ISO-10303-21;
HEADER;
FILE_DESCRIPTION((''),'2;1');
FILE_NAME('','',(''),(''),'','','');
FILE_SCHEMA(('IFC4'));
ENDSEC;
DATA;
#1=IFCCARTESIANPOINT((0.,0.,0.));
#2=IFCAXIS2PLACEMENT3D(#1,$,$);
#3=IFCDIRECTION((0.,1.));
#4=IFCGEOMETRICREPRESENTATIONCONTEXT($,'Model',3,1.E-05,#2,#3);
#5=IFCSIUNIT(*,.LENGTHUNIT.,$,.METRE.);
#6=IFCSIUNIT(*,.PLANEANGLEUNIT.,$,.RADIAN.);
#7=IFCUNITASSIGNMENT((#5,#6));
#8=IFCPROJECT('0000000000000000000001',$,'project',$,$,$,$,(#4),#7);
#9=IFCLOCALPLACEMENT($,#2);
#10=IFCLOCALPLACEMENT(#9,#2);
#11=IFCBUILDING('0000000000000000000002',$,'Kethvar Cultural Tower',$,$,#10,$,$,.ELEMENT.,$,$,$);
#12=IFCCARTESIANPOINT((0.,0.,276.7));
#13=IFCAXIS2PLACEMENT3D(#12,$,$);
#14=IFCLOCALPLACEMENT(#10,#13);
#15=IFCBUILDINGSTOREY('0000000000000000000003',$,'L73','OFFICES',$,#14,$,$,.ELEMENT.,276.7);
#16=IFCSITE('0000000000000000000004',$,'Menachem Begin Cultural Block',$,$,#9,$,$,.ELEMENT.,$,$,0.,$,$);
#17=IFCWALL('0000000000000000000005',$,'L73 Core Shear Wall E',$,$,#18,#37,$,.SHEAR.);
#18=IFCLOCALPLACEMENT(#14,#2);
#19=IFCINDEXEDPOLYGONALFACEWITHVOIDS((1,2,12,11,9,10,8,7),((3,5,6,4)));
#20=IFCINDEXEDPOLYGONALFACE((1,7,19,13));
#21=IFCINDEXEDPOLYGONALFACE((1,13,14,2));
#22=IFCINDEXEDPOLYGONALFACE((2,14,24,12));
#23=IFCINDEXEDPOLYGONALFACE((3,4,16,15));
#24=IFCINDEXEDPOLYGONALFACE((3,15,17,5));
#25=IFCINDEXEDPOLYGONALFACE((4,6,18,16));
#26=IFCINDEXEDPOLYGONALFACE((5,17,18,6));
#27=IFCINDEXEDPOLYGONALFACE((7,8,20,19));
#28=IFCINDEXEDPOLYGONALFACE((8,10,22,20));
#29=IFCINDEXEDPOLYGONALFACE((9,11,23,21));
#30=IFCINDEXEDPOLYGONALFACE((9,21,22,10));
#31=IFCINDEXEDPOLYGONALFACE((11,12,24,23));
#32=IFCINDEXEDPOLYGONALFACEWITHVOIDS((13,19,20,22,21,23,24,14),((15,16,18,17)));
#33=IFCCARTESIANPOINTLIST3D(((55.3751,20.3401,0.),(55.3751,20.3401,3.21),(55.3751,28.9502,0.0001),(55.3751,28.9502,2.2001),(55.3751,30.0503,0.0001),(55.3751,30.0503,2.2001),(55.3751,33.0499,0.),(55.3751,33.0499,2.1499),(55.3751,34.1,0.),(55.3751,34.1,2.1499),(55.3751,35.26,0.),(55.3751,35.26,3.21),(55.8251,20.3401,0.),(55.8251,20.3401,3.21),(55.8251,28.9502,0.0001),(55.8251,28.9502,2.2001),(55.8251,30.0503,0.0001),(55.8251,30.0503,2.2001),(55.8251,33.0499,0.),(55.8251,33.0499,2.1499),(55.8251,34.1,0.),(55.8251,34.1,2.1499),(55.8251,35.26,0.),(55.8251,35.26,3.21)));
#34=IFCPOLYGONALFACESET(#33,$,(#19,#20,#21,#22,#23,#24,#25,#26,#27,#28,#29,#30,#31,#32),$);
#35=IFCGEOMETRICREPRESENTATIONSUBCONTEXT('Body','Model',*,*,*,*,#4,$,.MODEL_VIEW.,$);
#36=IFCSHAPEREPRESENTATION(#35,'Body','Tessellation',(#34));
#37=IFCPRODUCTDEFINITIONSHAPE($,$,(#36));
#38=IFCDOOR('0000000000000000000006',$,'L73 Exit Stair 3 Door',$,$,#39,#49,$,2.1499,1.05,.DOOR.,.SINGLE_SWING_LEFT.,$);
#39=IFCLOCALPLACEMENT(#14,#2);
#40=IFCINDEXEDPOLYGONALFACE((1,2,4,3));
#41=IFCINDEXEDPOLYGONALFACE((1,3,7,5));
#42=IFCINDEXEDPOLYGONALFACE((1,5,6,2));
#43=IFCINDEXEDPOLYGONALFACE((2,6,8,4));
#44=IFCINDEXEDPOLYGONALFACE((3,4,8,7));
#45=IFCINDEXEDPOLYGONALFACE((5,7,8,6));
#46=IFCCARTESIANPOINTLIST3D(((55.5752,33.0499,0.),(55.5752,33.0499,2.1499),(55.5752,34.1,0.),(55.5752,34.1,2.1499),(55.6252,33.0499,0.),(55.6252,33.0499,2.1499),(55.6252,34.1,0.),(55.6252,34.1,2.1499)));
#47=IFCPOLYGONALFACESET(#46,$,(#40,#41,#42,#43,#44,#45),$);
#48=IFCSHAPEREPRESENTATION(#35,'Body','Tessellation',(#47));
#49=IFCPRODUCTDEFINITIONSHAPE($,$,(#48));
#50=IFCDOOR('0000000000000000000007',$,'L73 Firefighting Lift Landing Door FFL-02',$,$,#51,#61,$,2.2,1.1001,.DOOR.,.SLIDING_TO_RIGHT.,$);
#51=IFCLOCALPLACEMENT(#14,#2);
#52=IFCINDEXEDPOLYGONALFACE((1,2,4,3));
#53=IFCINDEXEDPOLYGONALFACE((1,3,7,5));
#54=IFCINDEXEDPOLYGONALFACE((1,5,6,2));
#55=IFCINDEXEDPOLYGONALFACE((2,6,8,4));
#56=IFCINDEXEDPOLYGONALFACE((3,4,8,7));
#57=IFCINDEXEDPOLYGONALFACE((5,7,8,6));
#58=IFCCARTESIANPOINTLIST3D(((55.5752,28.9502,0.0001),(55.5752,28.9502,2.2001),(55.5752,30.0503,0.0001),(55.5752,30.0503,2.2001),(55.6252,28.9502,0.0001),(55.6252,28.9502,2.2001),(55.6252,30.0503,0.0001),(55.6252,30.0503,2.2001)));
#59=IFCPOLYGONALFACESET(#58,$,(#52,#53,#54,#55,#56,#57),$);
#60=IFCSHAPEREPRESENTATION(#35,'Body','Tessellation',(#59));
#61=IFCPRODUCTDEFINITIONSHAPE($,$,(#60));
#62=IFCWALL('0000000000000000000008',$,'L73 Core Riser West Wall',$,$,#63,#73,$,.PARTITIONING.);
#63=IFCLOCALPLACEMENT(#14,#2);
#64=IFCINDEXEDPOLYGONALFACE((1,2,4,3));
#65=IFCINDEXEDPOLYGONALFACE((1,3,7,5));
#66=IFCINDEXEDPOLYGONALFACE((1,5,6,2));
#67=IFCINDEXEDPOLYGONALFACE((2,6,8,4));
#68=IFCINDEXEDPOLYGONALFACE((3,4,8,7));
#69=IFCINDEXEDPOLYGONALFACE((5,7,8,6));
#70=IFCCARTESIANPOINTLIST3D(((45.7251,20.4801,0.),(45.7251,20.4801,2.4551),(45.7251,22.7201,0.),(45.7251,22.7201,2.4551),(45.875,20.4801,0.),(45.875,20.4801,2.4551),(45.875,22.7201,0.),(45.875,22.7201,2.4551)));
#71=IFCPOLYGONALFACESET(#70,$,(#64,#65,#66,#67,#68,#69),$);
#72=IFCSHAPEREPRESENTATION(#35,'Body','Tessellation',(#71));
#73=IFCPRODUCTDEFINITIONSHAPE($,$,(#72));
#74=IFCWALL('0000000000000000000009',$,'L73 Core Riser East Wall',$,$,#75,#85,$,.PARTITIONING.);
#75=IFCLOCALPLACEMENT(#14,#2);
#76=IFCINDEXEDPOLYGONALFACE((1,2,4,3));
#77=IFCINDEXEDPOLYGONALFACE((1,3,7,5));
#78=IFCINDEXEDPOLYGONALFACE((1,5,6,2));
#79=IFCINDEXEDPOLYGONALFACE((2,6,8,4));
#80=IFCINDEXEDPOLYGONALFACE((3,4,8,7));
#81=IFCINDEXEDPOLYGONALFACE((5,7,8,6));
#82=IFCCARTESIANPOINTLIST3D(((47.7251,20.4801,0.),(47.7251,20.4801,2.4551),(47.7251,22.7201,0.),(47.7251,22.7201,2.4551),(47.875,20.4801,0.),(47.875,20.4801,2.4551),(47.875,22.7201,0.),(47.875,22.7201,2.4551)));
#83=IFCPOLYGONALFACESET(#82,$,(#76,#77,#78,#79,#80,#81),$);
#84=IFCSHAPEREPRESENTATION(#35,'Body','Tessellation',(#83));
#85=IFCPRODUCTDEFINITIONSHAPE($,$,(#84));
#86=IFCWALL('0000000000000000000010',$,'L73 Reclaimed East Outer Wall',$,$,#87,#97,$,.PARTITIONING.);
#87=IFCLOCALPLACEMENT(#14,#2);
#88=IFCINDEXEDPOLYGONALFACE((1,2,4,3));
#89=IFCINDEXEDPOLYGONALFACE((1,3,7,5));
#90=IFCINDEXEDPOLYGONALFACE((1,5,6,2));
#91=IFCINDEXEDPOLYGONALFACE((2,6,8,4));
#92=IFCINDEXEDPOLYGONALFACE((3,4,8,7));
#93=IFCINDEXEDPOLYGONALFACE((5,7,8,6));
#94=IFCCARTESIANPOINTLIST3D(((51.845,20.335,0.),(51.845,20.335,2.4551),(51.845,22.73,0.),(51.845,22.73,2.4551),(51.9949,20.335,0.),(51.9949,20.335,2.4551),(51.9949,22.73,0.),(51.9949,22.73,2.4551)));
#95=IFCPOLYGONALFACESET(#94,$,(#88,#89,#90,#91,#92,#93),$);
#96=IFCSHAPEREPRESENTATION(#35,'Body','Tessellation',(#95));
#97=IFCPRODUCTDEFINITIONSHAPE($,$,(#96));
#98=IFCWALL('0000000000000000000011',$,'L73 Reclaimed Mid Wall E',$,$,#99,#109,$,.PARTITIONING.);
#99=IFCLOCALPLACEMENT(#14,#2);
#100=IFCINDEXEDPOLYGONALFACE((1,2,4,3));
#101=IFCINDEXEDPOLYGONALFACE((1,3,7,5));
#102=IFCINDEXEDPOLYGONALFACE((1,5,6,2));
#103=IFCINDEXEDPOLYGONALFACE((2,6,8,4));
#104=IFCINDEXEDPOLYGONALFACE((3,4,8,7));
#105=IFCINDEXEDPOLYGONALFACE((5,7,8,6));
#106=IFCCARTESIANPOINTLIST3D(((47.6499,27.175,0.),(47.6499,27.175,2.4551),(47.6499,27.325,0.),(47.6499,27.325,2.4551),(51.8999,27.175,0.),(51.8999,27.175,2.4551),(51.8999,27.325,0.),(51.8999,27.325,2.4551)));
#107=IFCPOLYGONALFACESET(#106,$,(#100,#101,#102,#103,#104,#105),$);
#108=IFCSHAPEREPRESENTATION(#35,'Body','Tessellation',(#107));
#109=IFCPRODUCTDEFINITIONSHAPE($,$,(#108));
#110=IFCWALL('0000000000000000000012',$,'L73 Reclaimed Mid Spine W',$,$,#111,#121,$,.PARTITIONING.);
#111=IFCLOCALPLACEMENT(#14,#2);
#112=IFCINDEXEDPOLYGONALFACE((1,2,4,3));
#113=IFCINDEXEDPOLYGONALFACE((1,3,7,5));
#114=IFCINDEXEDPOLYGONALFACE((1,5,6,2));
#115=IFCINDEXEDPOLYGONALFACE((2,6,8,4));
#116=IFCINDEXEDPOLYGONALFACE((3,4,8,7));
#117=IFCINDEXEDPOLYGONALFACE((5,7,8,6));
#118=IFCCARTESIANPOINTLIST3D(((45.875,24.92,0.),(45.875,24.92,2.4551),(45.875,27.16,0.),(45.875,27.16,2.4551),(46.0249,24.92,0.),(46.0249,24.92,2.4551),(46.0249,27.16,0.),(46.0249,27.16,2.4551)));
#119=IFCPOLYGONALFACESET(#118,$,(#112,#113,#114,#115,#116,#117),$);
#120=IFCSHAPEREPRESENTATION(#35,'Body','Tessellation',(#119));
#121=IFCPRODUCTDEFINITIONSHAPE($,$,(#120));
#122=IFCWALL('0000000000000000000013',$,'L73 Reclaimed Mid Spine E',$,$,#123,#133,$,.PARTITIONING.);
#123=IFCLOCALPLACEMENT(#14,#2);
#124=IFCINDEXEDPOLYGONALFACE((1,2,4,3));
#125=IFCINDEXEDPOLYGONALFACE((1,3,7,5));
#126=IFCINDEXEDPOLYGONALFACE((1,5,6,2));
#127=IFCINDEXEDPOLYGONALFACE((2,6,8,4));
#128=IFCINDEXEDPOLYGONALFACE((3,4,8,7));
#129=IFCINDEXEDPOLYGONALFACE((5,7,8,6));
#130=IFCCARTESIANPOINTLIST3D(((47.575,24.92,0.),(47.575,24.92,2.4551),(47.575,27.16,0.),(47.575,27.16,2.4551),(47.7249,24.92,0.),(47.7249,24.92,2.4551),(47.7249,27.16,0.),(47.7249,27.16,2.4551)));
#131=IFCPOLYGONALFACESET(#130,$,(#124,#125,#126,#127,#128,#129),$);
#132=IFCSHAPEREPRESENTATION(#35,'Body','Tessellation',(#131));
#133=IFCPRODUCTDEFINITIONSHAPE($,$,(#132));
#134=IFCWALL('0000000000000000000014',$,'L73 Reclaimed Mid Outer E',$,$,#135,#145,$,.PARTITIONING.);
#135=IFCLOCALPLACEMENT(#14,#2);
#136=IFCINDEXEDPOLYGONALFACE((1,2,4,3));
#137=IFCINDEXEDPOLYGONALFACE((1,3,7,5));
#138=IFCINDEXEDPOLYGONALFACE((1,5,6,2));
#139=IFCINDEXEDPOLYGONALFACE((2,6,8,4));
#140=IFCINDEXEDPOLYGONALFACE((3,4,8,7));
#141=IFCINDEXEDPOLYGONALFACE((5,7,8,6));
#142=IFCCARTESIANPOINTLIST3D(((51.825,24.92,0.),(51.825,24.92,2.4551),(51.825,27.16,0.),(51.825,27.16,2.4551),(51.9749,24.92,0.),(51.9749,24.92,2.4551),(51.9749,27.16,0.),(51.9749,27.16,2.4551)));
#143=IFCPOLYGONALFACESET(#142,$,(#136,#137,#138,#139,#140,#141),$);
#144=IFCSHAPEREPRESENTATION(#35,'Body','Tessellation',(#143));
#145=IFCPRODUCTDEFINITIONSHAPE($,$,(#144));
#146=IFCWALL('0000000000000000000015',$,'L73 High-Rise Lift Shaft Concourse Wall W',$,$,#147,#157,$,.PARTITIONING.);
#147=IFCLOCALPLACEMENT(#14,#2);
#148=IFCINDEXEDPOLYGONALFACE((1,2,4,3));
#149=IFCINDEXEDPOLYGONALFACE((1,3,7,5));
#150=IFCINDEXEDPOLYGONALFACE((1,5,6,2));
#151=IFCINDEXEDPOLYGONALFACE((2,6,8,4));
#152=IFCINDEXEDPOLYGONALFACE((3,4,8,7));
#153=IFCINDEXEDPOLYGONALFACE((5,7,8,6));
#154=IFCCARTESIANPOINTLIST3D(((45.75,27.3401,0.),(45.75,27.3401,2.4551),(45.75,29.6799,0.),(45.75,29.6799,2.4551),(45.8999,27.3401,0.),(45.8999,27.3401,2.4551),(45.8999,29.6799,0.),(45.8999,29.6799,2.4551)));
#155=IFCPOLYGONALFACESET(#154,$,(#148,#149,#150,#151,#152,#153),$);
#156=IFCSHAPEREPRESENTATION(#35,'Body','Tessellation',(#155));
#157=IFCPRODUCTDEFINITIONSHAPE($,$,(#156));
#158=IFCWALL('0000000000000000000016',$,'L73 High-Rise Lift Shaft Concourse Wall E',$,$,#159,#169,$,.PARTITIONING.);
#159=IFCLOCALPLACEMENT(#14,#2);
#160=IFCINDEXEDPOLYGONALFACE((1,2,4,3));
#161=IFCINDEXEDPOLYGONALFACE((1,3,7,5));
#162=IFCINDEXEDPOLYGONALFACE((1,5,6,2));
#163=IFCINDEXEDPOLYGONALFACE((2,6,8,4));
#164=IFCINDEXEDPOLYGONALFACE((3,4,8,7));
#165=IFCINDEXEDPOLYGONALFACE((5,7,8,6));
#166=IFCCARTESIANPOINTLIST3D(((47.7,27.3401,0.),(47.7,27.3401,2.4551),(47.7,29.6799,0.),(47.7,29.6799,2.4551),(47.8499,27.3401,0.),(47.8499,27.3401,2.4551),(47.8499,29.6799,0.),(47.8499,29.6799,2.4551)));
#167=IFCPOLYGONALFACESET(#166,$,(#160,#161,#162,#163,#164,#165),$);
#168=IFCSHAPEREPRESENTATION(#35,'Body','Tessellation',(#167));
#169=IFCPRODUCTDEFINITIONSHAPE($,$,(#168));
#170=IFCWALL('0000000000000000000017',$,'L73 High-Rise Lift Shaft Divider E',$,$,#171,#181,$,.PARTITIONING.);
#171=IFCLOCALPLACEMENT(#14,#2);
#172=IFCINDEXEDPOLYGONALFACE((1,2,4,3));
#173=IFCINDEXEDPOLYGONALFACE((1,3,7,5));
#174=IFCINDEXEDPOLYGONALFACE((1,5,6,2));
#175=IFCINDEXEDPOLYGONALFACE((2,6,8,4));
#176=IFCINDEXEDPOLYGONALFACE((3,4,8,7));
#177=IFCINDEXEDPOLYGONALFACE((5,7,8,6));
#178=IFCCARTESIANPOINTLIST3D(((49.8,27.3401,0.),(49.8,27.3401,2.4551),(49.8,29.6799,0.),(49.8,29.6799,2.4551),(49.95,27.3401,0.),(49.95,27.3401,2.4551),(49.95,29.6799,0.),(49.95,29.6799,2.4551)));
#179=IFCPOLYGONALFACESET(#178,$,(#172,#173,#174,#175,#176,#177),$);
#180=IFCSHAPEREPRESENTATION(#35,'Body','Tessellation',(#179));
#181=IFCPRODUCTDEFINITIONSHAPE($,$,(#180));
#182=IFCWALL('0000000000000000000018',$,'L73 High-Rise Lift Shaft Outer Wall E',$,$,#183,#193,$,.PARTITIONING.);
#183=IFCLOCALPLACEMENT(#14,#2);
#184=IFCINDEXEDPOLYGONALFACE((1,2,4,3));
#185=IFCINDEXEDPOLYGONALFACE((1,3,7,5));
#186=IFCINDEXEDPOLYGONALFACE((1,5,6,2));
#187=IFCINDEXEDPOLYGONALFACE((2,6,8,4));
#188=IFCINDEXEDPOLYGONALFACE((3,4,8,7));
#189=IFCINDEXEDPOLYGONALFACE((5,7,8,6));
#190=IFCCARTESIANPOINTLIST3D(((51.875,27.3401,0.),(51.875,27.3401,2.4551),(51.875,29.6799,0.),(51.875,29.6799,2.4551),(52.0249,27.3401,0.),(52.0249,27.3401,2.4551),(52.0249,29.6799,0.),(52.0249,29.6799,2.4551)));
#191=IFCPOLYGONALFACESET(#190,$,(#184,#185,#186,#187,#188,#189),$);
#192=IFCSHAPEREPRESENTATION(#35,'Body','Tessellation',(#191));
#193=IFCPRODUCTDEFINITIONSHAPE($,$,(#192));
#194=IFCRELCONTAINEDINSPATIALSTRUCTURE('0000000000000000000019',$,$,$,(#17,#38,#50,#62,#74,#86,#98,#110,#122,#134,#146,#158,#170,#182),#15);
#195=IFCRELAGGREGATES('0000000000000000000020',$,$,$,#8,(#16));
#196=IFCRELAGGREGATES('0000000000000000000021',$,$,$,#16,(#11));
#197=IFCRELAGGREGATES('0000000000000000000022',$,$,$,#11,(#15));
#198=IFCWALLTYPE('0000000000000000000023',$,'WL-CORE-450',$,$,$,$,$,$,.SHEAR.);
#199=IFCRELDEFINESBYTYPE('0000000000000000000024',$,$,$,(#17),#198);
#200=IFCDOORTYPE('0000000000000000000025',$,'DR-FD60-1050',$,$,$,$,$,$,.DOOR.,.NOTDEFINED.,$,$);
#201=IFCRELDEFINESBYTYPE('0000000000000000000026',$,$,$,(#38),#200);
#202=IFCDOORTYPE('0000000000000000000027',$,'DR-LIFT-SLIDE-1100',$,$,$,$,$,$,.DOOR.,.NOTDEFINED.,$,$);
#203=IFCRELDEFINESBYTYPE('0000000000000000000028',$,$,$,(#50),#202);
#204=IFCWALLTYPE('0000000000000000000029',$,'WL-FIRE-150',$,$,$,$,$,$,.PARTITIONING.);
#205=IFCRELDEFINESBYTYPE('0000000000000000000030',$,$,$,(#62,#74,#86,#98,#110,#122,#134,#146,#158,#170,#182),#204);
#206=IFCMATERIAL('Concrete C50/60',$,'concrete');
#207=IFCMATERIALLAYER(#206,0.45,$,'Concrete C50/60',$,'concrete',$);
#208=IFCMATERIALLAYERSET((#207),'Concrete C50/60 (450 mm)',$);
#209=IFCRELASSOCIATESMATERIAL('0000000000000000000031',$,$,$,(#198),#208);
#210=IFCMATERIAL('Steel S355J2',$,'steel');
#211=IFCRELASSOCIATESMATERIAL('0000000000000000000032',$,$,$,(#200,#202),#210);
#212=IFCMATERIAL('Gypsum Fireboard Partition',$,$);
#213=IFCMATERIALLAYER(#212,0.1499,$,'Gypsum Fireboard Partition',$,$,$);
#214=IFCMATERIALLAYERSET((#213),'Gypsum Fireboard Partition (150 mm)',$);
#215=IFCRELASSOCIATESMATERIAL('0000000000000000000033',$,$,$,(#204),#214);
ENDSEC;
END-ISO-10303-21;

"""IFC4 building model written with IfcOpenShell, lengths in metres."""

from ifc_helpers import new_model, si_unit, direction, frame, frame_2d, origin, place, context, subcontext, project, spatial, rectangle, extrude, source, transform, mapped, material, layer, layer_set, type_object, element, fill, save


model = new_model("IFC4")

# Units and contexts
model_context = context("Model", 3, precision=1e-05, world=origin(), true_north=direction((0.0, 1.0)))
body_context = subcontext(model_context, "Body", "Model", "MODEL_VIEW")
ifc_project = project(units=[si_unit("LENGTHUNIT", "METRE"), si_unit("PLANEANGLEUNIT", "RADIAN")], contexts=[model_context])

# Site, building, storey
site_placement = place(None, origin())
site = spatial("IfcSite", under=ifc_project, at=site_placement, Name="Menachem Begin Cultural Block", CompositionType="ELEMENT", RefElevation=0.0)
building_placement = place(site_placement, origin())
building = spatial("IfcBuilding", under=site, at=building_placement, Name="Kethvar Cultural Tower", CompositionType="ELEMENT")
storey_placement = place(building_placement, frame((0.0, 0.0, 276.7)))
storey = spatial("IfcBuildingStorey", under=building, at=storey_placement, Name="L73", Description="OFFICES", CompositionType="ELEMENT", Elevation=276.7)

# Wall, openings, doors
ifc_material_1 = material(Name="Concrete C50/60", Category="concrete")
ifc_layer_1 = layer(ifc_material_1, 0.45, Name="Concrete C50/60", Category="concrete")
ifc_layer_set_1 = layer_set([ifc_layer_1], Name="Concrete C50/60 (450 mm)")
wall_type_1 = type_object("IfcWallType", Name="WL-CORE-450", PredefinedType="SHEAR", material=ifc_layer_set_1)
wall_1_placement = place(storey_placement, frame((55.6001, 20.3401, 0.0), z_axis=(0.0, 0.0, 1.0), x_axis=(0.0, 1.0, 0.0)))
wall_1 = element("IfcWall", 1, at=wall_1_placement, inside=storey, type_object=wall_type_1, Name="L73 Core Shear Wall E", PredefinedType="SHEAR", context=body_context, shape_type="SweptSolid", body=[
    extrude(rectangle(XDim=14.9199, YDim=0.45, at=frame_2d((7.46, 0.0))), origin(), (0.0, 0.0, 1.0), 3.21),
])
opening_1_placement = place(wall_1_placement, frame((12.71, 0.0, 0.0)))
opening_1 = element("IfcOpeningElement", 2, at=opening_1_placement, cuts=wall_1, PredefinedType="OPENING", context=body_context, shape_type="SweptSolid", body=[
    extrude(rectangle(XDim=1.05, YDim=2.1499, at=frame_2d((0.5249, 1.075))), frame((0.0, 0.2349, 0.0), z_axis=(0.0, -1.0, 0.0), x_axis=(1.0, 0.0, 0.0)), (0.0, 0.0, 1.0), 0.47),
])
opening_2_placement = place(wall_1_placement, frame((8.6101, 0.0, 0.0)))
opening_2 = element("IfcOpeningElement", 3, at=opening_2_placement, cuts=wall_1, PredefinedType="OPENING", context=body_context, shape_type="SweptSolid", body=[
    extrude(rectangle(XDim=1.1001, YDim=2.2, at=frame_2d((0.55, 1.1001))), frame((0.0, 0.2349, 0.0), z_axis=(0.0, -1.0, 0.0), x_axis=(1.0, 0.0, 0.0)), (0.0, 0.0, 1.0), 0.47),
])
ifc_material_2 = material(Name="Steel S355J2", Category="steel")
door_type_1 = type_object("IfcDoorType", Name="DR-FD60-1050", OperationType="NOTDEFINED", PredefinedType="DOOR", material=ifc_material_2)
shared_shape_1 = source(origin(), body_context, "Body", "SweptSolid", [
    extrude(rectangle(XDim=1.05, YDim=2.1499, at=frame_2d((0.5249, 1.075))), frame((0.0, 0.0249, 0.0), z_axis=(0.0, -1.0, 0.0), x_axis=(1.0, 0.0, 0.0)), (0.0, 0.0, 1.0), 0.05),
])
door_1_placement = place(opening_1_placement, origin())
door_1 = element("IfcDoor", 4, at=door_1_placement, inside=storey, type_object=door_type_1, Name="L73 Exit Stair 3 Door", OperationType="SINGLE_SWING_LEFT", OverallHeight=2.1499, OverallWidth=1.05, PredefinedType="DOOR", context=body_context, shape_type="MappedRepresentation", body=[
    mapped(shared_shape_1, transform((0.0, 0.0, 0.0), scale=1.0)),
])
fill(opening_1, door_1)
door_type_2 = type_object("IfcDoorType", Name="DR-LIFT-SLIDE-1100", OperationType="NOTDEFINED", PredefinedType="DOOR", material=ifc_material_2)
shared_shape_2 = source(origin(), body_context, "Body", "SweptSolid", [
    extrude(rectangle(XDim=1.1001, YDim=2.2, at=frame_2d((0.55, 1.1001))), frame((0.0, 0.0249, 0.0), z_axis=(0.0, -1.0, 0.0), x_axis=(1.0, 0.0, 0.0)), (0.0, 0.0, 1.0), 0.05),
])
door_2_placement = place(opening_2_placement, origin())
door_2 = element("IfcDoor", 5, at=door_2_placement, inside=storey, type_object=door_type_2, Name="L73 Firefighting Lift Landing Door FFL-02", OperationType="SLIDING_TO_RIGHT", OverallHeight=2.2, OverallWidth=1.1001, PredefinedType="DOOR", context=body_context, shape_type="MappedRepresentation", body=[
    mapped(shared_shape_2, transform((0.0, 0.0, 0.0), scale=1.0)),
])
fill(opening_2, door_2)

# Walls
ifc_material_3 = material(Name="Gypsum Fireboard Partition")
ifc_layer_2 = layer(ifc_material_3, 0.1499, Name="Gypsum Fireboard Partition")
ifc_layer_set_2 = layer_set([ifc_layer_2], Name="Gypsum Fireboard Partition (150 mm)")
wall_type_2 = type_object("IfcWallType", Name="WL-FIRE-150", PredefinedType="PARTITIONING", material=ifc_layer_set_2)
for number, where, z_axis, x_axis, name in (
    (6, (45.8, 20.48, 0.0), (0.0, 0.0, 1.0), (0.0, 1.0, 0.0), "L73 Core Riser West Wall"),
    (7, (47.8, 20.48, 0.0), (0.0, 0.0, 1.0), (0.0, 1.0, 0.0), "L73 Core Riser East Wall"),
):
    element("IfcWall", number, at=place(storey_placement, frame(where, z_axis=z_axis, x_axis=x_axis)), inside=storey, type_object=wall_type_2, Name=name, PredefinedType="PARTITIONING", context=body_context, shape_type="SweptSolid", body=[
        extrude(rectangle(XDim=2.24, YDim=0.1499, at=frame_2d((1.1201, 0.0))), origin(), (0.0, 0.0, 1.0), 2.4551),
    ])
wall_2_placement = place(storey_placement, frame((51.9199, 20.335, 0.0), z_axis=(0.0, 0.0, 1.0), x_axis=(0.0, 1.0, 0.0)))
element("IfcWall", 8, at=wall_2_placement, inside=storey, type_object=wall_type_2, Name="L73 Reclaimed East Outer Wall", PredefinedType="PARTITIONING", context=body_context, shape_type="SweptSolid", body=[
    extrude(rectangle(XDim=2.395, YDim=0.1499, at=frame_2d((1.1975, 0.0))), origin(), (0.0, 0.0, 1.0), 2.4551),
])
wall_3_placement = place(storey_placement, frame((47.6499, 27.25, 0.0), z_axis=(0.0, 0.0, 1.0), x_axis=(1.0, 0.0, 0.0)))
element("IfcWall", 9, at=wall_3_placement, inside=storey, type_object=wall_type_2, Name="L73 Reclaimed Mid Wall E", PredefinedType="PARTITIONING", context=body_context, shape_type="SweptSolid", body=[
    extrude(rectangle(XDim=4.25, YDim=0.1499, at=frame_2d((2.125, 0.0))), origin(), (0.0, 0.0, 1.0), 2.4551),
])
for number, where, z_axis, x_axis, name in (
    (10, (45.95, 24.9199, 0.0), (0.0, 0.0, 1.0), (0.0, 1.0, 0.0), "L73 Reclaimed Mid Spine W"),
    (11, (47.6499, 24.9199, 0.0), (0.0, 0.0, 1.0), (0.0, 1.0, 0.0), "L73 Reclaimed Mid Spine E"),
    (12, (51.8999, 24.9199, 0.0), (0.0, 0.0, 1.0), (0.0, 1.0, 0.0), "L73 Reclaimed Mid Outer E"),
):
    element("IfcWall", number, at=place(storey_placement, frame(where, z_axis=z_axis, x_axis=x_axis)), inside=storey, type_object=wall_type_2, Name=name, PredefinedType="PARTITIONING", context=body_context, shape_type="SweptSolid", body=[
        extrude(rectangle(XDim=2.24, YDim=0.1499, at=frame_2d((1.1201, 0.0))), origin(), (0.0, 0.0, 1.0), 2.4551),
    ])
for number, where, z_axis, x_axis, name in (
    (13, (45.825, 27.3401, 0.0), (0.0, 0.0, 1.0), (0.0, 1.0, 0.0), "L73 High-Rise Lift Shaft Concourse Wall W"),
    (14, (47.7749, 27.3401, 0.0), (0.0, 0.0, 1.0), (0.0, 1.0, 0.0), "L73 High-Rise Lift Shaft Concourse Wall E"),
    (15, (49.875, 27.3401, 0.0), (0.0, 0.0, 1.0), (0.0, 1.0, 0.0), "L73 High-Rise Lift Shaft Divider E"),
    (16, (51.95, 27.3401, 0.0), (0.0, 0.0, 1.0), (0.0, 1.0, 0.0), "L73 High-Rise Lift Shaft Outer Wall E"),
):
    element("IfcWall", number, at=place(storey_placement, frame(where, z_axis=z_axis, x_axis=x_axis)), inside=storey, type_object=wall_type_2, Name=name, PredefinedType="PARTITIONING", context=body_context, shape_type="SweptSolid", body=[
        extrude(rectangle(XDim=2.3398, YDim=0.1499, at=frame_2d((1.1699, 0.0))), origin(), (0.0, 0.0, 1.0), 2.4551),
    ])

save(model, "model.ifc")
